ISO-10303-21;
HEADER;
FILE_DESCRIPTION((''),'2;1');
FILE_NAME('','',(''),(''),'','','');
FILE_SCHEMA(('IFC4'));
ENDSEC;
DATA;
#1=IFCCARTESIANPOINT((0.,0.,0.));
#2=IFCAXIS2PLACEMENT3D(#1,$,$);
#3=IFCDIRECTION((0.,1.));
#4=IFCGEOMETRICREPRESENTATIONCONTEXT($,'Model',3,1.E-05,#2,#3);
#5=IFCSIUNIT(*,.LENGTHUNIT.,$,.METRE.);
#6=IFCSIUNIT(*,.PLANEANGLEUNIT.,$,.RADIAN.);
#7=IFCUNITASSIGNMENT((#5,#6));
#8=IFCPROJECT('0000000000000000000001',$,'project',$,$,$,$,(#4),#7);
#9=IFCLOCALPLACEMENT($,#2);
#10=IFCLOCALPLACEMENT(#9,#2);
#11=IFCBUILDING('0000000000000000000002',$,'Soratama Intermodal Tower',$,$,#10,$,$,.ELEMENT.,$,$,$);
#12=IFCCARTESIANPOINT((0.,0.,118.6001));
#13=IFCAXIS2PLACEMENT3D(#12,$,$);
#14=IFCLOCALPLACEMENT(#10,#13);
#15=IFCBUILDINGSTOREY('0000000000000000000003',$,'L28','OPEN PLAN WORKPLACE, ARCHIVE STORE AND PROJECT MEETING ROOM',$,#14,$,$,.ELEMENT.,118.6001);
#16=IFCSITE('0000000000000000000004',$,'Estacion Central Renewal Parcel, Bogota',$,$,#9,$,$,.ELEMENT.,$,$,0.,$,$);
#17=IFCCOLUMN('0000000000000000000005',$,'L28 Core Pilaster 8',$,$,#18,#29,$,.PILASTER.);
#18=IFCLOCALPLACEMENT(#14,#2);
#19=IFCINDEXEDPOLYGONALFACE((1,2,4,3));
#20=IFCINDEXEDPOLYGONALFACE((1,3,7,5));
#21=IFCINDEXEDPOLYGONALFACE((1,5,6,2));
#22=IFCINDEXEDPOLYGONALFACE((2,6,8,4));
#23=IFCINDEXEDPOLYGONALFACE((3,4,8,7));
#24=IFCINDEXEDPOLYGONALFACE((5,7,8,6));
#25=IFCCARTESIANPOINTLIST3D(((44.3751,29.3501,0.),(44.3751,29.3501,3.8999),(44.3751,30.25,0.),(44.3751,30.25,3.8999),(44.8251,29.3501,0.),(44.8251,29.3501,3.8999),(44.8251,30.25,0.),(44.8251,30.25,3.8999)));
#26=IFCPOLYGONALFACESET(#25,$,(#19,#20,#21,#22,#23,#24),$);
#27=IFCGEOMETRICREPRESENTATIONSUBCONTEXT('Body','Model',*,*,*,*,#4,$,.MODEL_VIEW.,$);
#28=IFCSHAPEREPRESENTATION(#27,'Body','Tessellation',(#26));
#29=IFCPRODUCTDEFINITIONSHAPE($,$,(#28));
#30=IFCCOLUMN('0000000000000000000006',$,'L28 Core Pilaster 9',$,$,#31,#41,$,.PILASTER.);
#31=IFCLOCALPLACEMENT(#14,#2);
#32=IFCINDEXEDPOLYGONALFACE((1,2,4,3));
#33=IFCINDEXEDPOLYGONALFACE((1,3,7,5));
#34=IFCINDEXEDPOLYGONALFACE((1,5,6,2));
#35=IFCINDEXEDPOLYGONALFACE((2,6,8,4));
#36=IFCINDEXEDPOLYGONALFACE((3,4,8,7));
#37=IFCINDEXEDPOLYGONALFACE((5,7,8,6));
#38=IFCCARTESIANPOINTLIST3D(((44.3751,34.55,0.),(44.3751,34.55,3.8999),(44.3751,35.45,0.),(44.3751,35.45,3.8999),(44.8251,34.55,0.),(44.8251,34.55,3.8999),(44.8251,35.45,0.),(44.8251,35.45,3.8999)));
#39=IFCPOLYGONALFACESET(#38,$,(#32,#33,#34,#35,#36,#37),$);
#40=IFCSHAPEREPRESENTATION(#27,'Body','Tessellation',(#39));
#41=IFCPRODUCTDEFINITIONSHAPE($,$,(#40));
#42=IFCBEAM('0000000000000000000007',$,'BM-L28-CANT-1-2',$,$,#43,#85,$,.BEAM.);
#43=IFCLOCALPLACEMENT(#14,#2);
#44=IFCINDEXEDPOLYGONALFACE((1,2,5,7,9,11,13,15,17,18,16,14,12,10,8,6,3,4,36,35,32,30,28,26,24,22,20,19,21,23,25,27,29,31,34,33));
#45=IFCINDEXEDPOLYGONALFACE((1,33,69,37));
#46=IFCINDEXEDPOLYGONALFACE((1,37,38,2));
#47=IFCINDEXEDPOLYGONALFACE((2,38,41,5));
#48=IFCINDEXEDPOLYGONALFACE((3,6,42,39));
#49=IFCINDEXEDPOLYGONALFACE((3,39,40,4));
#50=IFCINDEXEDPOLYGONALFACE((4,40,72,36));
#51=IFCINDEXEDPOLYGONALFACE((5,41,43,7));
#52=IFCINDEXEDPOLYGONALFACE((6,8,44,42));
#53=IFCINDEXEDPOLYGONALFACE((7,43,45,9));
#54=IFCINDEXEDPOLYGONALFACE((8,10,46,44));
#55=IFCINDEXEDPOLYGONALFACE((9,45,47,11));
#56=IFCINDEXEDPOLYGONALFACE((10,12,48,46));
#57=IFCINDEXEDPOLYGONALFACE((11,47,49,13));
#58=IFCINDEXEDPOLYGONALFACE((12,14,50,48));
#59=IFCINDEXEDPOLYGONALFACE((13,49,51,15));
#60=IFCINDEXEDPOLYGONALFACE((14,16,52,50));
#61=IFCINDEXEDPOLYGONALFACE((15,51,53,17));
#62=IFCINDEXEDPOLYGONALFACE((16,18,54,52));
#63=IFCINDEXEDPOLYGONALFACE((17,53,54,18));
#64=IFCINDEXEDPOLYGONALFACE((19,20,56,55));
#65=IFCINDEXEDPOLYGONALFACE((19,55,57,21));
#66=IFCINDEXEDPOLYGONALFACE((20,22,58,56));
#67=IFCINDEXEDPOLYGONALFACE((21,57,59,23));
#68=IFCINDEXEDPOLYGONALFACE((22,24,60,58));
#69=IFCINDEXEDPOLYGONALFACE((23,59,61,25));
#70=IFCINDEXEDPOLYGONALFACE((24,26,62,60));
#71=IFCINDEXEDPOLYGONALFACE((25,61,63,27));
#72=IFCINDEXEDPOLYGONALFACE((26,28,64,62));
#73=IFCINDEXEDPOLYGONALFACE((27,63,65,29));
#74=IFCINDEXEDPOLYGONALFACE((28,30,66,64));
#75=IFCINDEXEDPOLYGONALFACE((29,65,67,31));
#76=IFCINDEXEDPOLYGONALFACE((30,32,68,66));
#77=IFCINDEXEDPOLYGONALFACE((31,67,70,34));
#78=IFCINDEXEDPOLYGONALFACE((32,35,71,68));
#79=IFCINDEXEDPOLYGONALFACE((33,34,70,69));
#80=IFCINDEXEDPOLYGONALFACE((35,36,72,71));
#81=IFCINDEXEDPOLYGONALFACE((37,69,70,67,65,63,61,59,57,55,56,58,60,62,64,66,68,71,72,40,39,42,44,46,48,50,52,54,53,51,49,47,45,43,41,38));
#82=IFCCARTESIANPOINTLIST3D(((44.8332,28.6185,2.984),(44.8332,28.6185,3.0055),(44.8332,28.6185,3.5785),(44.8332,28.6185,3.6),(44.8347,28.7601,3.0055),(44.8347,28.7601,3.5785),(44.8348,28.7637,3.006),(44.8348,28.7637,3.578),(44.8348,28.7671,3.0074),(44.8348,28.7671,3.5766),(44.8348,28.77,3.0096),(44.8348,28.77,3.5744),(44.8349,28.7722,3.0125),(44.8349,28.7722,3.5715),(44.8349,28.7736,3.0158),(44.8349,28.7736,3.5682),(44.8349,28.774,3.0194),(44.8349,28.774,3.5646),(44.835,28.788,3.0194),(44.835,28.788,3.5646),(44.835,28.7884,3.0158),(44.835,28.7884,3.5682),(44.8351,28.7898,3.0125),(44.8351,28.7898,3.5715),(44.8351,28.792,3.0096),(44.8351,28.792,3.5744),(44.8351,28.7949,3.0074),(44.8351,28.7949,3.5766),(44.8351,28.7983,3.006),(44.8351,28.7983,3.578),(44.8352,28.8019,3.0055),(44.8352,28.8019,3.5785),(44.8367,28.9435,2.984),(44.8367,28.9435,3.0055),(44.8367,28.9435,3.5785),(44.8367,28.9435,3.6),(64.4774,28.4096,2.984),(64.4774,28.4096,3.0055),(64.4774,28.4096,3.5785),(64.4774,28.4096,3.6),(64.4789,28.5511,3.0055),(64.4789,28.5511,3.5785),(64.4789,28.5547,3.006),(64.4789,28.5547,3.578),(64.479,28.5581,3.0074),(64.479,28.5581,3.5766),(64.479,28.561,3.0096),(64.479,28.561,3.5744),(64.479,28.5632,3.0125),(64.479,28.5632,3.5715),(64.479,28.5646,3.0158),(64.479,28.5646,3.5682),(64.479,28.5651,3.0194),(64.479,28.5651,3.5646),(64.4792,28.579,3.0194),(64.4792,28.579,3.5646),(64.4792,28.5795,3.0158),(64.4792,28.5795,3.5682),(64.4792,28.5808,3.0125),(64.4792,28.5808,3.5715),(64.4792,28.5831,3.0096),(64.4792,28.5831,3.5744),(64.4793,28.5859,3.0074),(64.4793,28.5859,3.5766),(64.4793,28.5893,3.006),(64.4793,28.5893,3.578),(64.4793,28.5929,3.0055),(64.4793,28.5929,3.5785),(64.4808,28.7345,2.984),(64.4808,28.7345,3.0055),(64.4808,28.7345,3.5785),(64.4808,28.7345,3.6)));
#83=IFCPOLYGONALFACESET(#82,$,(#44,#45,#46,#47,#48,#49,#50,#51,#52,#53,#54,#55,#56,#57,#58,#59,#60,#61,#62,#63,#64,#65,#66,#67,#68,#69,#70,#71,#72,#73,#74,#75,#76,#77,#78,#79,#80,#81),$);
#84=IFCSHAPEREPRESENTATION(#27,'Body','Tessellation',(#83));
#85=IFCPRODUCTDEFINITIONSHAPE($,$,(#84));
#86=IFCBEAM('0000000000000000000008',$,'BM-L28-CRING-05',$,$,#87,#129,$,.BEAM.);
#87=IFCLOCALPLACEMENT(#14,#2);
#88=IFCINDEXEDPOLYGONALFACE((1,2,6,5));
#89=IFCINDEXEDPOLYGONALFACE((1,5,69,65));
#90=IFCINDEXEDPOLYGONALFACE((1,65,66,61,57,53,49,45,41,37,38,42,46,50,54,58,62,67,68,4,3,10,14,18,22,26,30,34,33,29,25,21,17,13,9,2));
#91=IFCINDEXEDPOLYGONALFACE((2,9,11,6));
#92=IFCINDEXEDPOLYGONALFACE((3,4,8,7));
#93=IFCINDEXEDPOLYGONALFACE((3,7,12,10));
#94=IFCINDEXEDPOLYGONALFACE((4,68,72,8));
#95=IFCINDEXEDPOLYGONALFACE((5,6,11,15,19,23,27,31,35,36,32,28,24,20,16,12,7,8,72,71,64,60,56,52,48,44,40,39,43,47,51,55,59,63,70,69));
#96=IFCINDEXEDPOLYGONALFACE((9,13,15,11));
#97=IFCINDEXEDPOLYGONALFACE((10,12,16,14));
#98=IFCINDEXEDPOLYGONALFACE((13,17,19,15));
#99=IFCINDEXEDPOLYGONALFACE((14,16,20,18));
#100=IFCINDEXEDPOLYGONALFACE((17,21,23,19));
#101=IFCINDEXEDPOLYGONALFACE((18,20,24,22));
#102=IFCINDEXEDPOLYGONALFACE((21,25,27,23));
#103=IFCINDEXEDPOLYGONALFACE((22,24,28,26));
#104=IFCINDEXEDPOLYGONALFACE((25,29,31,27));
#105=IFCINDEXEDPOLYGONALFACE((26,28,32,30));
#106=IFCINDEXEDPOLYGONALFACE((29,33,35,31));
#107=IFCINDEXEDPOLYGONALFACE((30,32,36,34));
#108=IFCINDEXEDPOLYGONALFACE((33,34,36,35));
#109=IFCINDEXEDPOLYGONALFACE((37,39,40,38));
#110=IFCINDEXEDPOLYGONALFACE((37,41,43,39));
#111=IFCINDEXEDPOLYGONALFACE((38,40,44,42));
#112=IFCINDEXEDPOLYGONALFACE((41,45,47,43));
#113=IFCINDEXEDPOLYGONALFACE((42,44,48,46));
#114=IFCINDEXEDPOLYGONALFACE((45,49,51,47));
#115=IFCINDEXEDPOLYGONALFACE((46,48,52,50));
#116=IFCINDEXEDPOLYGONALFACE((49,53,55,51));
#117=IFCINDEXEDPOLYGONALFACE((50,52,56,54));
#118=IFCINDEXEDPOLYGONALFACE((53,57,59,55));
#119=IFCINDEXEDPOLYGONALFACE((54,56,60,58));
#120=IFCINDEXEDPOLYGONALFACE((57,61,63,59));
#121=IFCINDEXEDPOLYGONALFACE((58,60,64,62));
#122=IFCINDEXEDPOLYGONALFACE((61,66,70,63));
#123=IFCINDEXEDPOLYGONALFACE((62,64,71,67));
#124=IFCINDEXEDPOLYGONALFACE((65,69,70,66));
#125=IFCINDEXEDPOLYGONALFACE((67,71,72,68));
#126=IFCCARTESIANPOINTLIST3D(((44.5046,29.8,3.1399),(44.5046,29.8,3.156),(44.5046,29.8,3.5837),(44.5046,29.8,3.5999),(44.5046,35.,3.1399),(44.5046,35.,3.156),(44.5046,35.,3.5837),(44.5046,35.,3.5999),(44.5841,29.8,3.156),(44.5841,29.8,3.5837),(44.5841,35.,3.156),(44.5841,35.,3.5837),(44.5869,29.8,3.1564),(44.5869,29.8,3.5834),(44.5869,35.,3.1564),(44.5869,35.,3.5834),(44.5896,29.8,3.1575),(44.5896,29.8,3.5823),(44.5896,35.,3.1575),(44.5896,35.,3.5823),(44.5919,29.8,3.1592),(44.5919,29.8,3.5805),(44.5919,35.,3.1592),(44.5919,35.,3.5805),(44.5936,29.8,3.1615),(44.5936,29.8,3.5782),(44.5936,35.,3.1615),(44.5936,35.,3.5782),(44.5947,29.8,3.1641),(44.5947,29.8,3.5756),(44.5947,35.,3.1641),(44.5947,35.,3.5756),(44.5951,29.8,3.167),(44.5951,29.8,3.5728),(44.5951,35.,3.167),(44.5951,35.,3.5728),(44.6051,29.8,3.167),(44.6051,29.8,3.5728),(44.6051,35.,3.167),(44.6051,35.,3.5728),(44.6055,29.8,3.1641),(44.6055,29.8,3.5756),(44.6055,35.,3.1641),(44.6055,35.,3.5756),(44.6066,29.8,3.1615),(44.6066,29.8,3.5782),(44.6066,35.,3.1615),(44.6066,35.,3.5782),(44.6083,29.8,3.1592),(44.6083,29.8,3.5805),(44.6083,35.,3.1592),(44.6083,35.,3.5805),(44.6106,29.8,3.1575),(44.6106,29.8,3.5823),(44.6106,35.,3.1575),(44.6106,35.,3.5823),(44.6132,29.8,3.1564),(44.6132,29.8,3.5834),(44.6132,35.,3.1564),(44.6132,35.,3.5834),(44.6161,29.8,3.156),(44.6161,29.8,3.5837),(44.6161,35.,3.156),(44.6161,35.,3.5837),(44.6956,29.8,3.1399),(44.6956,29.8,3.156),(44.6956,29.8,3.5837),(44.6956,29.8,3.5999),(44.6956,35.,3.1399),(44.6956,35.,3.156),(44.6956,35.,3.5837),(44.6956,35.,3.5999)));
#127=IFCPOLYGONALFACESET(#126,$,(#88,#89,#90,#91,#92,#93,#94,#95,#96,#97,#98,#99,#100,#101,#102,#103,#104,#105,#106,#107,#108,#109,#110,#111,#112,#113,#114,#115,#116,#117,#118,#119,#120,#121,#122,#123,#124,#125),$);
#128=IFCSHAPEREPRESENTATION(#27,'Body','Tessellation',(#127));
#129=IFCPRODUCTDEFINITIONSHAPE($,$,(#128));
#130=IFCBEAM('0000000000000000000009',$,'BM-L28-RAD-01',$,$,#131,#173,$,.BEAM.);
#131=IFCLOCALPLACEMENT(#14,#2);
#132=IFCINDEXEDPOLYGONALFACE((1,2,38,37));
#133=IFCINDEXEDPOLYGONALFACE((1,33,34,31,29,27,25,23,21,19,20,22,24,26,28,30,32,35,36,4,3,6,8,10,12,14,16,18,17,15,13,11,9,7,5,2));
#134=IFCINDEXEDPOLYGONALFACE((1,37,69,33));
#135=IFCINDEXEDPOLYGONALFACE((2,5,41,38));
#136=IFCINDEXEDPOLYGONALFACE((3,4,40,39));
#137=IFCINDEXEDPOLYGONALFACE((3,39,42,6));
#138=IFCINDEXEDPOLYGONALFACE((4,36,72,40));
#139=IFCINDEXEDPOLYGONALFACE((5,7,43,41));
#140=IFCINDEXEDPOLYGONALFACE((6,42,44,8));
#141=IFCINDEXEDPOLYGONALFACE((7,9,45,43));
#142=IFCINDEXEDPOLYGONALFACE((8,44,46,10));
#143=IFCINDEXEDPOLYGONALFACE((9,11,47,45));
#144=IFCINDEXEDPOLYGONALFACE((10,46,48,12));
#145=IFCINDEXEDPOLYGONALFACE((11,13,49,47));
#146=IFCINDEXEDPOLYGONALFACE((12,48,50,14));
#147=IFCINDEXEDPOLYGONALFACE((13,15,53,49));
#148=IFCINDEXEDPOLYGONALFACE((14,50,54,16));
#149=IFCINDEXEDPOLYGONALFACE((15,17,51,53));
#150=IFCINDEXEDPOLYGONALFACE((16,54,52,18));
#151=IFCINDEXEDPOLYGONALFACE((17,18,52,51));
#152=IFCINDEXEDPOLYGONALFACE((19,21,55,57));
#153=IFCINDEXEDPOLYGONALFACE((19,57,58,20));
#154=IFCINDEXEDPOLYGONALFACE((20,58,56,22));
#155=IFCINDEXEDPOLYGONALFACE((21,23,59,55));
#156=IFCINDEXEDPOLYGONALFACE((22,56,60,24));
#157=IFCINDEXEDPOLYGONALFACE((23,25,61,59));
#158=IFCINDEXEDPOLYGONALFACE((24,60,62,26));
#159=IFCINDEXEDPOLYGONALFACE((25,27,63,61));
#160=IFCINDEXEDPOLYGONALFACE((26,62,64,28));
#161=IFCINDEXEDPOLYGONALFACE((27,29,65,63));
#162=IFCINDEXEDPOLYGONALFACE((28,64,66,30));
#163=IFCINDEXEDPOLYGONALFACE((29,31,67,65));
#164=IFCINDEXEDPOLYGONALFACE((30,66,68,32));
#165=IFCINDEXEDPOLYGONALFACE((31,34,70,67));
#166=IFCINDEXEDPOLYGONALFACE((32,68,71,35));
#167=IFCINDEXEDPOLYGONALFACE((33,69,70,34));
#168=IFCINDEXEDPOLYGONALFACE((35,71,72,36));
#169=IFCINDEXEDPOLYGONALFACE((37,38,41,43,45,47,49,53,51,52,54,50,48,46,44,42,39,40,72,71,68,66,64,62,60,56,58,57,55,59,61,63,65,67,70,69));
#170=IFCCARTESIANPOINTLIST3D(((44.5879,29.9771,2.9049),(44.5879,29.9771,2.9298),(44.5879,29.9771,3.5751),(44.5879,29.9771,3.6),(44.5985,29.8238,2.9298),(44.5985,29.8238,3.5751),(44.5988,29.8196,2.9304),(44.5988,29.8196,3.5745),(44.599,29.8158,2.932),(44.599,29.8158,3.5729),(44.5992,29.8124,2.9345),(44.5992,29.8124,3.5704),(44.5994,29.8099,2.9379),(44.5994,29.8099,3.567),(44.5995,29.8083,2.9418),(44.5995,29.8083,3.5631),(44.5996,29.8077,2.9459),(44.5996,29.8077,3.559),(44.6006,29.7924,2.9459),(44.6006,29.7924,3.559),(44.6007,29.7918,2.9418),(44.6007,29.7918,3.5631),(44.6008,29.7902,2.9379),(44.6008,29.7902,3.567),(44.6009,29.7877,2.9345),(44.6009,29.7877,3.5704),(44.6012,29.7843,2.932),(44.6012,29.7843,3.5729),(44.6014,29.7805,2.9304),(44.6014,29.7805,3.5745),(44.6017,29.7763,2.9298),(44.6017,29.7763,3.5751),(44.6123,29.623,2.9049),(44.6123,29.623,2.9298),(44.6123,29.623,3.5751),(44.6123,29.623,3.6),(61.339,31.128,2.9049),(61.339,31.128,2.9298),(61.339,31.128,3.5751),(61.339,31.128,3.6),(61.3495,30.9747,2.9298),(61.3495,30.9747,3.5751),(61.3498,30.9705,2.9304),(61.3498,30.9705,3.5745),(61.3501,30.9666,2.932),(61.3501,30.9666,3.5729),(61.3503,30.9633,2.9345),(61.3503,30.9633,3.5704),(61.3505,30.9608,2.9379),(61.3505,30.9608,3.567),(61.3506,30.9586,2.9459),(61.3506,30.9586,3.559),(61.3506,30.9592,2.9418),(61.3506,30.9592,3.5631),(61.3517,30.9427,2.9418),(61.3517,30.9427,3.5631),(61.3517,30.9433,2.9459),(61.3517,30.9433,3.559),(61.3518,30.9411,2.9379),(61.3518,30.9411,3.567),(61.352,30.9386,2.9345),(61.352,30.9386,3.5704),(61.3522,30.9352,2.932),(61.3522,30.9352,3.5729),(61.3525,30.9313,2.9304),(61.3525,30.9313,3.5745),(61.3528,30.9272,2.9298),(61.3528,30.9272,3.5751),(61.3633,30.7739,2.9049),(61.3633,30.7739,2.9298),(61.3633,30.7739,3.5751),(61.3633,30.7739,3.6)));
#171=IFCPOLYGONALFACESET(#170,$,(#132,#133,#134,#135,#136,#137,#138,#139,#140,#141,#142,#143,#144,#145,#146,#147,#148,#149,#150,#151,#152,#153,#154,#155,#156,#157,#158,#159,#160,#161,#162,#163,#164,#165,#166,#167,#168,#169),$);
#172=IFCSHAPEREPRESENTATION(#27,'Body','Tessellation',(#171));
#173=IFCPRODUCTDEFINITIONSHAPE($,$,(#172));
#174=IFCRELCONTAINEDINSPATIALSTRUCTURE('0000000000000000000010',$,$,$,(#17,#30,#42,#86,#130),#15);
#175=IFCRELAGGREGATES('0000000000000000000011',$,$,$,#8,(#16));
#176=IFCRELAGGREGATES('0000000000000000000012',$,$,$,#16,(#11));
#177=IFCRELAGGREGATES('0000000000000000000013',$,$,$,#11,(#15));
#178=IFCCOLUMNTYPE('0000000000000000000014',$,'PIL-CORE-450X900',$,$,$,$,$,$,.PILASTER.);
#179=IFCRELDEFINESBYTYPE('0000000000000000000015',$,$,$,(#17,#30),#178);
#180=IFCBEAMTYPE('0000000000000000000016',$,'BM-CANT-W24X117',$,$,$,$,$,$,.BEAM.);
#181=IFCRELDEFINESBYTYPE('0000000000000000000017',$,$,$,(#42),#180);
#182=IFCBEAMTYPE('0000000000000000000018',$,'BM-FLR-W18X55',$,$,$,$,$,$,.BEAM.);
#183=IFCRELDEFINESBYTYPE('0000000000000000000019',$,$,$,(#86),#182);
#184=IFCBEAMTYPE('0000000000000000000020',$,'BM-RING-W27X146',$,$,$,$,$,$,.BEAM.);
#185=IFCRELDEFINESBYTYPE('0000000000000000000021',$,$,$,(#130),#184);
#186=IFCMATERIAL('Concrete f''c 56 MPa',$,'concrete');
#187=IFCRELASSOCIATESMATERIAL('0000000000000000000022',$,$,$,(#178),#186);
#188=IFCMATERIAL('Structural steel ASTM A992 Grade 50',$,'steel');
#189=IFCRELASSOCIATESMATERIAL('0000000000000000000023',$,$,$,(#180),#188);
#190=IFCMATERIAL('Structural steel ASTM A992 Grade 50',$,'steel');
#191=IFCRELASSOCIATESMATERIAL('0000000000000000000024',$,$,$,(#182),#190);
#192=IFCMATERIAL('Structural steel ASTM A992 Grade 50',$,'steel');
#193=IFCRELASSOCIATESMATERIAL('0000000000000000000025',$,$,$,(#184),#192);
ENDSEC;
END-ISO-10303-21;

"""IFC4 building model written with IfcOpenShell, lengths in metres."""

from ifc_helpers import new_model, si_unit, direction, frame, origin, origin_2d, place, context, subcontext, project, spatial, rectangle, i_section, extrude, material, material_profile, profile_set, type_object, element, save


model = new_model("IFC4")

# Units and contexts
model_context = context("Model", 3, precision=1e-05, world=origin(), true_north=direction((0.0, 1.0)))
body_context = subcontext(model_context, "Body", "Model", "MODEL_VIEW")
ifc_project = project(units=[si_unit("LENGTHUNIT", "METRE"), si_unit("PLANEANGLEUNIT", "RADIAN")], contexts=[model_context])

# Site, building, storey
site_placement = place(None, origin())
site = spatial("IfcSite", under=ifc_project, at=site_placement, Name="Estacion Central Renewal Parcel, Bogota", CompositionType="ELEMENT", RefElevation=0.0)
building_placement = place(site_placement, origin())
building = spatial("IfcBuilding", under=site, at=building_placement, Name="Soratama Intermodal Tower", CompositionType="ELEMENT")
storey_placement = place(building_placement, frame((0.0, 0.0, 118.6001)))
storey = spatial("IfcBuildingStorey", under=building, at=storey_placement, Name="L28", Description="OPEN PLAN WORKPLACE, ARCHIVE STORE AND PROJECT MEETING ROOM", CompositionType="ELEMENT", Elevation=118.6001)

# Columns
ifc_material_1 = material(Name="Concrete f'c 56 MPa", Category="concrete")
ifc_material_profile_1 = material_profile(ifc_material_1, rectangle(XDim=0.45, YDim=0.8999, at=origin_2d()), Name="RC450X900")
ifc_profile_set_1 = profile_set([ifc_material_profile_1], Name="Concrete f'c 56 MPa")
column_type = type_object("IfcColumnType", Name="PIL-CORE-450X900", PredefinedType="PILASTER", material=ifc_profile_set_1)
for number, where, z_axis, x_axis, name in (
    (1, (44.6001, 29.8, 0.0), (0.0, 0.0, 1.0), (1.0, 0.0, 0.0), "L28 Core Pilaster 8"),
    (2, (44.6001, 35.0, 0.0), (0.0, 0.0, 1.0), (1.0, 0.0, 0.0), "L28 Core Pilaster 9"),
):
    element("IfcColumn", number, at=place(storey_placement, frame(where, z_axis=z_axis, x_axis=x_axis)), inside=storey, type_object=column_type, Name=name, PredefinedType="PILASTER", context=body_context, shape_type="SweptSolid", body=[
        extrude(rectangle(XDim=0.45, YDim=0.8999, at=origin_2d()), origin(), (0.0, 0.0, 1.0), 3.8999),
    ])

# Beams
ifc_material_2 = material(Name="Structural steel ASTM A992 Grade 50", Category="steel")
ifc_material_profile_2 = material_profile(ifc_material_2, i_section(OverallWidth=0.325, OverallDepth=0.616, WebThickness=0.0139, FlangeThickness=0.0215, FilletRadius=0.0139, at=origin_2d()), Name="W24X117")
ifc_profile_set_2 = profile_set([ifc_material_profile_2], Name="Structural steel ASTM A992 Grade 50")
beam_type_1 = type_object("IfcBeamType", Name="BM-CANT-W24X117", PredefinedType="BEAM", material=ifc_profile_set_2)
beam_1_placement = place(storey_placement, frame((44.835, 28.781, 3.292), z_axis=(0.999943, -0.010638, 0.0), x_axis=(0.010638, 0.999943, 0.0)))
element("IfcBeam", 3, at=beam_1_placement, inside=storey, type_object=beam_type_1, Name="BM-L28-CANT-1-2", PredefinedType="BEAM", context=body_context, shape_type="SweptSolid", body=[
    extrude(i_section(OverallWidth=0.325, OverallDepth=0.616, WebThickness=0.0139, FlangeThickness=0.0215, FilletRadius=0.0139, at=origin_2d()), origin(), (0.0, 0.0, 1.0), 19.6453),
])
ifc_material_3 = material(Name="Structural steel ASTM A992 Grade 50", Category="steel")
ifc_material_profile_3 = material_profile(ifc_material_3, i_section(OverallWidth=0.1909, OverallDepth=0.46, WebThickness=0.01, FlangeThickness=0.0161, FilletRadius=0.011, at=origin_2d()), Name="W18X55")
ifc_profile_set_3 = profile_set([ifc_material_profile_3], Name="Structural steel ASTM A992 Grade 50")
beam_type_2 = type_object("IfcBeamType", Name="BM-FLR-W18X55", PredefinedType="BEAM", material=ifc_profile_set_3)
beam_2_placement = place(storey_placement, frame((44.6001, 29.8, 3.3699), z_axis=(0.0, 1.0, 0.0), x_axis=(-1.0, 0.0, 0.0)))
element("IfcBeam", 4, at=beam_2_placement, inside=storey, type_object=beam_type_2, Name="BM-L28-CRING-05", PredefinedType="BEAM", context=body_context, shape_type="SweptSolid", body=[
    extrude(i_section(OverallWidth=0.1909, OverallDepth=0.46, WebThickness=0.01, FlangeThickness=0.0161, FilletRadius=0.011, at=origin_2d()), origin(), (0.0, 0.0, 1.0), 5.2),
])
ifc_material_4 = material(Name="Structural steel ASTM A992 Grade 50", Category="steel")
ifc_material_profile_4 = material_profile(ifc_material_4, i_section(OverallWidth=0.355, OverallDepth=0.6951, WebThickness=0.0154, FlangeThickness=0.0249, FilletRadius=0.0161, at=origin_2d()), Name="W27X146")
ifc_profile_set_4 = profile_set([ifc_material_profile_4], Name="Structural steel ASTM A992 Grade 50")
beam_type_3 = type_object("IfcBeamType", Name="BM-RING-W27X146", PredefinedType="BEAM", material=ifc_profile_set_4)
beam_3_placement = place(storey_placement, frame((44.6001, 29.8, 3.2524), z_axis=(0.997648, 0.068544, 0.0), x_axis=(-0.068544, 0.997648, 0.0)))
element("IfcBeam", 5, at=beam_3_placement, inside=storey, type_object=beam_type_3, Name="BM-L28-RAD-01", PredefinedType="BEAM", context=body_context, shape_type="SweptSolid", body=[
    extrude(i_section(OverallWidth=0.355, OverallDepth=0.6951, WebThickness=0.0154, FlangeThickness=0.0249, FilletRadius=0.0161, at=origin_2d()), origin(), (0.0, 0.0, 1.0), 16.7905),
])

save(model, "model.ifc")
